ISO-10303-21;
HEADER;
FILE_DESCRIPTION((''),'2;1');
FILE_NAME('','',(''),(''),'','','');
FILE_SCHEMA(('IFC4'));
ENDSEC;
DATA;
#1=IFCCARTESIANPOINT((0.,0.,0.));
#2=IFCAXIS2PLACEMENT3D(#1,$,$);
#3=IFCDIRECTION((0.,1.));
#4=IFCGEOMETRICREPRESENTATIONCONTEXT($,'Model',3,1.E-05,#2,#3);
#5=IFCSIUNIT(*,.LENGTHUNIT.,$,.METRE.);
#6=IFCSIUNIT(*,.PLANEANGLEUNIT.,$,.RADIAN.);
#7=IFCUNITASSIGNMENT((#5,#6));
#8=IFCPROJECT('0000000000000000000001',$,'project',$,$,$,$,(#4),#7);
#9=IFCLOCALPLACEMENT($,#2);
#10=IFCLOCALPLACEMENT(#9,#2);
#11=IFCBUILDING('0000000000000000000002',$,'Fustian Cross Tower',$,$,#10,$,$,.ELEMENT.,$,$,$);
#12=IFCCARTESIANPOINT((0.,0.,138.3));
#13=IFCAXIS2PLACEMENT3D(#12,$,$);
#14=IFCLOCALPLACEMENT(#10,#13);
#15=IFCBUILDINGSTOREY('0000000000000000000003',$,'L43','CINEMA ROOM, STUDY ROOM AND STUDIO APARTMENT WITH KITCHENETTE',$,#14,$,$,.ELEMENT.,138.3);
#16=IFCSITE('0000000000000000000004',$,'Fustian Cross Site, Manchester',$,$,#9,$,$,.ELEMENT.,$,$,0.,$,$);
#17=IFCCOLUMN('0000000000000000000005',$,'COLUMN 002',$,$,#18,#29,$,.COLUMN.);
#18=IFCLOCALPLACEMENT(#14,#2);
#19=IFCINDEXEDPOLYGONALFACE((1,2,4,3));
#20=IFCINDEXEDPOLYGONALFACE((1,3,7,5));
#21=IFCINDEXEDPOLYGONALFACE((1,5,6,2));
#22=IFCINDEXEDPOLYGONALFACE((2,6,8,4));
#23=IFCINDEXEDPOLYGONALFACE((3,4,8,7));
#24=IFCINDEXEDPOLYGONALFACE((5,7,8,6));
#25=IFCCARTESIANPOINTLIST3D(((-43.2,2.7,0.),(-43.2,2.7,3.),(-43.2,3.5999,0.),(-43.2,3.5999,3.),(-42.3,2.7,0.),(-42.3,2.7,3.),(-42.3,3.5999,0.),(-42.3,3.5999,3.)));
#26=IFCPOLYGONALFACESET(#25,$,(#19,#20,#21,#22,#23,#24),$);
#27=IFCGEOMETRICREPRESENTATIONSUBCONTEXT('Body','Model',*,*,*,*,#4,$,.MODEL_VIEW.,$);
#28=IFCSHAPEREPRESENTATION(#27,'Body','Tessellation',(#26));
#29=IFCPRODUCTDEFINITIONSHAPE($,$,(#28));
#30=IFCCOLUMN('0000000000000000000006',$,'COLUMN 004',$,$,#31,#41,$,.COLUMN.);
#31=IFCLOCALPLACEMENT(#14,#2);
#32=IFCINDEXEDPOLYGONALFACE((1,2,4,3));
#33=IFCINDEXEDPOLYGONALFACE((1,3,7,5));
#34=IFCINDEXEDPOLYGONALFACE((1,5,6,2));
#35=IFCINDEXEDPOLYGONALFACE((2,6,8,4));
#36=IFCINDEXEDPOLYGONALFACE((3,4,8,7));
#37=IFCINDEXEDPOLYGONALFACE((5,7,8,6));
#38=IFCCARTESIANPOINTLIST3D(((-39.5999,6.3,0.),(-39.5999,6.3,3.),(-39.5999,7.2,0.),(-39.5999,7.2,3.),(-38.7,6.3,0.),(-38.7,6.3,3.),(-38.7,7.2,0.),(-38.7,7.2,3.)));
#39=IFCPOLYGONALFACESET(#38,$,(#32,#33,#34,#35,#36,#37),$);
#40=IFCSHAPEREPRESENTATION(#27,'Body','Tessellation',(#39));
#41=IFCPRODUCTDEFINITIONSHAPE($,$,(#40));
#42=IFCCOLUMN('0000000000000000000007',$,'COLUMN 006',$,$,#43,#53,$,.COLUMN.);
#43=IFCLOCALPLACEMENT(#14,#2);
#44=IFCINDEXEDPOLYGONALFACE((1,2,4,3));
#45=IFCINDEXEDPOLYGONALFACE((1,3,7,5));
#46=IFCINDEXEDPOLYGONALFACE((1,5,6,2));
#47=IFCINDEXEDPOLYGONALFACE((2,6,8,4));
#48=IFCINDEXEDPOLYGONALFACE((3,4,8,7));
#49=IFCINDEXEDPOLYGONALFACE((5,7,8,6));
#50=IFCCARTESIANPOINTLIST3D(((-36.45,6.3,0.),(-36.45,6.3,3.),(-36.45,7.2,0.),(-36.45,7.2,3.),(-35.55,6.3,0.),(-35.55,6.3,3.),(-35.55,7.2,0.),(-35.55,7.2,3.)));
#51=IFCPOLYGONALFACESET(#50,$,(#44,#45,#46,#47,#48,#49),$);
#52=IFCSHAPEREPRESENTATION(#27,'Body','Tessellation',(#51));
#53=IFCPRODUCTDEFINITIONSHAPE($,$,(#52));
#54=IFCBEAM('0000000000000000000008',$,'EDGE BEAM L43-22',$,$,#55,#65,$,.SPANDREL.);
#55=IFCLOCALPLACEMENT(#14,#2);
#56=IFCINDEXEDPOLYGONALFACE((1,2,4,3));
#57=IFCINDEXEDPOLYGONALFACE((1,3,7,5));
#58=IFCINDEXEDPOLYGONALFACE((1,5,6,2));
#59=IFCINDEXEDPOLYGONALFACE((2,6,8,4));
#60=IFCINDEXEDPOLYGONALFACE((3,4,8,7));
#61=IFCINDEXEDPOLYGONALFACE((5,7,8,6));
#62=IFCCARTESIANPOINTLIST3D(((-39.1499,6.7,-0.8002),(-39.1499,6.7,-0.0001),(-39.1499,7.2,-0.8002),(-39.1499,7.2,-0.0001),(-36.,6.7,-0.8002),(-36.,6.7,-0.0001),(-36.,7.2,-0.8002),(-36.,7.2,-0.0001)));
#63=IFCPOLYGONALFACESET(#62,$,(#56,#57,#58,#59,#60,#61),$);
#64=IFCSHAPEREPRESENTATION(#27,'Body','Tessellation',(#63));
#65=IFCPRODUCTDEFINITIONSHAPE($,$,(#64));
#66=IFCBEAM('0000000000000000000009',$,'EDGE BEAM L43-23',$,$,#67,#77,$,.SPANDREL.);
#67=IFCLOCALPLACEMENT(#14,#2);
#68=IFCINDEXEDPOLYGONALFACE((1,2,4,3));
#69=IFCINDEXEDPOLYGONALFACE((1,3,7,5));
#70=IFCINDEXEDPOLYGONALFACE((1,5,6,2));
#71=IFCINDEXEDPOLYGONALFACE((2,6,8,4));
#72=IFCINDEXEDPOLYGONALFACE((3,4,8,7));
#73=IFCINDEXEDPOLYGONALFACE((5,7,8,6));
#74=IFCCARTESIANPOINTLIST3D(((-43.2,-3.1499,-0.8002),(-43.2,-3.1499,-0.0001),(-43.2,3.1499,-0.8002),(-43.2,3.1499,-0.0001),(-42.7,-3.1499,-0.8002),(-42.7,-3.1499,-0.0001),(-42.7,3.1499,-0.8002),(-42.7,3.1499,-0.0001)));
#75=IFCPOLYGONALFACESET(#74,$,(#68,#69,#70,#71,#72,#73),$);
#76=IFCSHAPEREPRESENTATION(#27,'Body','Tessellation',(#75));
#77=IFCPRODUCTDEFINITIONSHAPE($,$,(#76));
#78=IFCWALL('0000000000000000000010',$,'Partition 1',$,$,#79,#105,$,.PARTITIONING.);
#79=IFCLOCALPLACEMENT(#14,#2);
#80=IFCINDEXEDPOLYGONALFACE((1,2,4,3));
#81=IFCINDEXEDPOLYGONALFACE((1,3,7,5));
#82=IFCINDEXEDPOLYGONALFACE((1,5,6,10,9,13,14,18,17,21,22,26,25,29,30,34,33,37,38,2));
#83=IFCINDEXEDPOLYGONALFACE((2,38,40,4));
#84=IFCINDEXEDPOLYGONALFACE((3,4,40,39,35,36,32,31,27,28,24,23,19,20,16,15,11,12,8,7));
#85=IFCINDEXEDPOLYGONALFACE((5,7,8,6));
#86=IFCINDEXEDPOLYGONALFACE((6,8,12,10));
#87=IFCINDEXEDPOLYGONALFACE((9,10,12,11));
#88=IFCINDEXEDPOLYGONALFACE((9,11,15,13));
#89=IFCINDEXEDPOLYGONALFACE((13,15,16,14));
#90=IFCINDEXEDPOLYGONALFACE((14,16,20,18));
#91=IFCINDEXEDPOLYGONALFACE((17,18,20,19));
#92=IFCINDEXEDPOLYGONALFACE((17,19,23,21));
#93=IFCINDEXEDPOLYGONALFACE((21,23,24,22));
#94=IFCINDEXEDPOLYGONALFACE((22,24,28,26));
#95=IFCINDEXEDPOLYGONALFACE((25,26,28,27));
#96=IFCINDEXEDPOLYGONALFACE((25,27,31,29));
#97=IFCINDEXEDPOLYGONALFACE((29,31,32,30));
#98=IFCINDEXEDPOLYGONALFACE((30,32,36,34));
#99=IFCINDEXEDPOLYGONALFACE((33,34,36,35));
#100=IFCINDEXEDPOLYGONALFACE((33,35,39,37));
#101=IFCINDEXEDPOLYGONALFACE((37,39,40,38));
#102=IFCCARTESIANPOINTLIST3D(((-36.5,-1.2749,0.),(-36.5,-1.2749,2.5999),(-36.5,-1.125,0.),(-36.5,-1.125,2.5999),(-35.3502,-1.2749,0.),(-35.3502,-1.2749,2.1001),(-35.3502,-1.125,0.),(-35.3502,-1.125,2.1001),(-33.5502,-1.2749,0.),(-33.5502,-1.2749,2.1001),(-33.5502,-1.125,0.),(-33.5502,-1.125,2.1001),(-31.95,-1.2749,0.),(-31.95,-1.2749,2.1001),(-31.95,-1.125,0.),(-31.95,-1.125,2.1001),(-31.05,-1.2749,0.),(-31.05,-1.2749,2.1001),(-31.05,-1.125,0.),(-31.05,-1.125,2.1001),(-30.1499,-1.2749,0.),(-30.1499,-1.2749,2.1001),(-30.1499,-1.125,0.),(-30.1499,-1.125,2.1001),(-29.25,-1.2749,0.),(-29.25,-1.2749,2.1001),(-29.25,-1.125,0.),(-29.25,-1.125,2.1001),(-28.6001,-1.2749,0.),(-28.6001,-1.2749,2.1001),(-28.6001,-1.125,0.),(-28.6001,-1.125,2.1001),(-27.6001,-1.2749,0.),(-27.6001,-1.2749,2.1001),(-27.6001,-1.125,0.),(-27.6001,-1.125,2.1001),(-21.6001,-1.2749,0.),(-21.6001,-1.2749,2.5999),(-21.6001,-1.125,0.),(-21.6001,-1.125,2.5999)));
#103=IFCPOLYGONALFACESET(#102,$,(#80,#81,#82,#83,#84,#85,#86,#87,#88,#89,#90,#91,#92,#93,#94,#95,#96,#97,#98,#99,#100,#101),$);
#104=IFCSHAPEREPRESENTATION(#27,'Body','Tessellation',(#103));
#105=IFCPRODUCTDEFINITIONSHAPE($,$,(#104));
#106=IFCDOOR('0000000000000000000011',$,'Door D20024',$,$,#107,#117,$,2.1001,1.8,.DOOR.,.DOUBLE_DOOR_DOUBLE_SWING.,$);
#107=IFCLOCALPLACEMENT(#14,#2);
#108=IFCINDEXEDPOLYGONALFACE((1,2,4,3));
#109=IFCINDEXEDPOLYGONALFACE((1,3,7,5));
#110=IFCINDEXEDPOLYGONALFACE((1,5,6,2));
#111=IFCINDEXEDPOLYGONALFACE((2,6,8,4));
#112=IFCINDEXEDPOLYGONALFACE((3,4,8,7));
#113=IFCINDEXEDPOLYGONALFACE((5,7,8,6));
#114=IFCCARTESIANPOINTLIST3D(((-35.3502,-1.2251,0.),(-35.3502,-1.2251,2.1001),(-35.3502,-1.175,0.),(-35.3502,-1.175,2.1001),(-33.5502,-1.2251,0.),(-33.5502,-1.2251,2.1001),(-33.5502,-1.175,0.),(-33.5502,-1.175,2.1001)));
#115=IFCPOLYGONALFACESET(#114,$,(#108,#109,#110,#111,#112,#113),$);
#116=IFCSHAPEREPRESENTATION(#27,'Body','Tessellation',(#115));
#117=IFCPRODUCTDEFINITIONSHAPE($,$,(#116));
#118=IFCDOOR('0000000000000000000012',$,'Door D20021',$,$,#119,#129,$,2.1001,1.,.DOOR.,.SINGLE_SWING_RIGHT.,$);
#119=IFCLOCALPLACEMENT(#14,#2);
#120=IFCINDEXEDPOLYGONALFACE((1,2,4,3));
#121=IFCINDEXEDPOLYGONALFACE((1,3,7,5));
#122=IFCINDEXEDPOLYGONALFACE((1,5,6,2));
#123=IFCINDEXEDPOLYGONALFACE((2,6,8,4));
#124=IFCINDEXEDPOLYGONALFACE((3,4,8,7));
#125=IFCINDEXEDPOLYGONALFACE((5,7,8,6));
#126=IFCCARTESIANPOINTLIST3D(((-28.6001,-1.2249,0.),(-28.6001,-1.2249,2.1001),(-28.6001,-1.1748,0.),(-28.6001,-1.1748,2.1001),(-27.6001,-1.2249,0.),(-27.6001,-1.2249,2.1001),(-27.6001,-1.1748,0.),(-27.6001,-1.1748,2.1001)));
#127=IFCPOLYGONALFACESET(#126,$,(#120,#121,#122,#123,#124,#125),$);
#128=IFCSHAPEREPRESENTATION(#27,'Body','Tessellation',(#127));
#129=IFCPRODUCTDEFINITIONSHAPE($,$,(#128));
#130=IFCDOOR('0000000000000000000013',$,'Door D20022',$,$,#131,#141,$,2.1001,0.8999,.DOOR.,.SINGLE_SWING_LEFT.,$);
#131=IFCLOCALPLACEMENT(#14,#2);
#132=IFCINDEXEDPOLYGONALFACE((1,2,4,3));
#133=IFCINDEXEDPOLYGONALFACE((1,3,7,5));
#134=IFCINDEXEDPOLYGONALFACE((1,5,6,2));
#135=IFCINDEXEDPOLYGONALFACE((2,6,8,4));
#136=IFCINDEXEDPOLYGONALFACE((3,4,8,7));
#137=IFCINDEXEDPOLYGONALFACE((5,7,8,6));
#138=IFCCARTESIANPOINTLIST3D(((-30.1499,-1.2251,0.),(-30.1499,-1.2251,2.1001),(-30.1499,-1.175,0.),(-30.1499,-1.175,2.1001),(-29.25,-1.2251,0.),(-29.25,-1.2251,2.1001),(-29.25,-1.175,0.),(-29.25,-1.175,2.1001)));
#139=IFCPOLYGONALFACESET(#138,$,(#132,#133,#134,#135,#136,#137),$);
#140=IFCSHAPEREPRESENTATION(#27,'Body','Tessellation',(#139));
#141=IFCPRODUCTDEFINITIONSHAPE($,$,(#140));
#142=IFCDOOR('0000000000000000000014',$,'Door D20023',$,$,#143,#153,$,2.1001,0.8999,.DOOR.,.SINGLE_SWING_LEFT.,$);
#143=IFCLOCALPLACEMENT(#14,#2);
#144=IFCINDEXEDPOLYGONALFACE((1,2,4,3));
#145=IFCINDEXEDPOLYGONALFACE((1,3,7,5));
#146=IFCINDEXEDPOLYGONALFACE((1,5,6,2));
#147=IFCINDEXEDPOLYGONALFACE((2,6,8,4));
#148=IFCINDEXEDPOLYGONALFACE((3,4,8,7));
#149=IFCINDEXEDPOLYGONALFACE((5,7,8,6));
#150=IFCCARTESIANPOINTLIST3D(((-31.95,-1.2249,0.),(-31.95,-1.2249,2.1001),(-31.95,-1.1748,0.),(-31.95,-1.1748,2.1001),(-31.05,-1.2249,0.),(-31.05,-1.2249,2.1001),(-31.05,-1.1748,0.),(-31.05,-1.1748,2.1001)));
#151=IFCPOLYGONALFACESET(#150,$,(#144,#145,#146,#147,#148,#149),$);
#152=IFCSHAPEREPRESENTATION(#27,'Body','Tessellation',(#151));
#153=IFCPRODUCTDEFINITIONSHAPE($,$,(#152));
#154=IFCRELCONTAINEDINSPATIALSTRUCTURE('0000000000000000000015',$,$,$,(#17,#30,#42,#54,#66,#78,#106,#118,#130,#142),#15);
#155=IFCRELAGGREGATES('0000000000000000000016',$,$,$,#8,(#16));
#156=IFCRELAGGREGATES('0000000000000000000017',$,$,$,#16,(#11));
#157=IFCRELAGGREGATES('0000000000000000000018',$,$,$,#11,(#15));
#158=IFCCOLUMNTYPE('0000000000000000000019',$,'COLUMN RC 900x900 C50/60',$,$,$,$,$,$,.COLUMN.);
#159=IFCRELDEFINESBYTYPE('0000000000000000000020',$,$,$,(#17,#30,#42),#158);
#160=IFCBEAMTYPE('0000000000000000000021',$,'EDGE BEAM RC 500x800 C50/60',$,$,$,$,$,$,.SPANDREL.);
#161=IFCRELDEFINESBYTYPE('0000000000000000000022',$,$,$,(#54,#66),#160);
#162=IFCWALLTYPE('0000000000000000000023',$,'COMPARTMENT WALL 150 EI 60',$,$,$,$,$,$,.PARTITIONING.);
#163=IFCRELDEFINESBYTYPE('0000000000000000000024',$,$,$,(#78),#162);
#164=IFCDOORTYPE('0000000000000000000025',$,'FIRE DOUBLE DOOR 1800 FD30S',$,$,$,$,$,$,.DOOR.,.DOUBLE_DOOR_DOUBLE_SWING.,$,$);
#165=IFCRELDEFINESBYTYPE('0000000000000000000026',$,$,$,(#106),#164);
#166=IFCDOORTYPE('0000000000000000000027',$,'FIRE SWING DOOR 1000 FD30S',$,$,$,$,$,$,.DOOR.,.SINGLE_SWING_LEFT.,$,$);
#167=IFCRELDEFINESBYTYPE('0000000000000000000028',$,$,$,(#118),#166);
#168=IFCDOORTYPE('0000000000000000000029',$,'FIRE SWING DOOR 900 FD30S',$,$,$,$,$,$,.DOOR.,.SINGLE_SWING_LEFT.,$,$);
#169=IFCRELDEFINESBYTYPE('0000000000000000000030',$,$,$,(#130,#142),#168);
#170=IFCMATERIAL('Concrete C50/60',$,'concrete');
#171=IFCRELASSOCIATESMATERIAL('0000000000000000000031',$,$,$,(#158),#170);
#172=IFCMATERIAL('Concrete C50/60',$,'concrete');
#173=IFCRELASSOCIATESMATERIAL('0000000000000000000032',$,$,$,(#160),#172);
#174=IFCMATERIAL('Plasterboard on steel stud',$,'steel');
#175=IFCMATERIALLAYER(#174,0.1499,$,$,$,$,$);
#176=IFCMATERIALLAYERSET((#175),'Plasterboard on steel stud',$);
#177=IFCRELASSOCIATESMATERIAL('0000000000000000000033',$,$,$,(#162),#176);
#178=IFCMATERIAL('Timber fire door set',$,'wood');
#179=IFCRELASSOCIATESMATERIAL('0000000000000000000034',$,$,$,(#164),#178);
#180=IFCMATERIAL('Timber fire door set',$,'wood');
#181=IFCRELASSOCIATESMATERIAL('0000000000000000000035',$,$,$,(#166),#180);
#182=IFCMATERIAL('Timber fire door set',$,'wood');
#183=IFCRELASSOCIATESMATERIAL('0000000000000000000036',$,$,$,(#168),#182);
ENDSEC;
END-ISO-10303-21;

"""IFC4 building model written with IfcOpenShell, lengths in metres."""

from ifc_helpers import new_model, si_unit, direction, frame, frame_2d, origin, origin_2d, place, context, subcontext, project, spatial, rectangle, extrude, material, layer, layer_set, material_profile, profile_set, type_object, element, fill, save


model = new_model("IFC4")

# Units and contexts
model_context = context("Model", 3, precision=1e-05, world=origin(), true_north=direction((0.0, 1.0)))
body_context = subcontext(model_context, "Body", "Model", "MODEL_VIEW")
ifc_project = project(units=[si_unit("LENGTHUNIT", "METRE"), si_unit("PLANEANGLEUNIT", "RADIAN")], contexts=[model_context])

# Site, building, storey
site_placement = place(None, origin())
site = spatial("IfcSite", under=ifc_project, at=site_placement, Name="Fustian Cross Site, Manchester", CompositionType="ELEMENT", RefElevation=0.0)
building_placement = place(site_placement, origin())
building = spatial("IfcBuilding", under=site, at=building_placement, Name="Fustian Cross Tower", CompositionType="ELEMENT")
storey_placement = place(building_placement, frame((0.0, 0.0, 138.3)))
storey = spatial("IfcBuildingStorey", under=building, at=storey_placement, Name="L43", Description="CINEMA ROOM, STUDY ROOM AND STUDIO APARTMENT WITH KITCHENETTE", CompositionType="ELEMENT", Elevation=138.3)

# Columns
ifc_material_1 = material(Name="Concrete C50/60", Category="concrete")
ifc_material_profile_1 = material_profile(ifc_material_1, rectangle(XDim=0.8999, YDim=0.8999, at=origin_2d()), Name="RC 900x900")
ifc_profile_set_1 = profile_set([ifc_material_profile_1], Name="Concrete C50/60")
column_type = type_object("IfcColumnType", Name="COLUMN RC 900x900 C50/60", PredefinedType="COLUMN", material=ifc_profile_set_1)
for number, where, z_axis, x_axis, name in (
    (1, (-42.75, 3.1499, 0.0), (0.0, 0.0, 1.0), (1.0, 0.0, 0.0), "COLUMN 002"),
    (2, (-39.1499, 6.75, 0.0), (0.0, 0.0, 1.0), (1.0, 0.0, 0.0), "COLUMN 004"),
    (3, (-36.0, 6.75, 0.0), (0.0, 0.0, 1.0), (1.0, 0.0, 0.0), "COLUMN 006"),
):
    element("IfcColumn", number, at=place(storey_placement, frame(where, z_axis=z_axis, x_axis=x_axis)), inside=storey, type_object=column_type, Name=name, PredefinedType="COLUMN", context=body_context, shape_type="SweptSolid", body=[
        extrude(rectangle(XDim=0.8999, YDim=0.8999, at=origin_2d()), origin(), (0.0, 0.0, 1.0), 3.0),
    ])

# Beams
ifc_material_2 = material(Name="Concrete C50/60", Category="concrete")
ifc_material_profile_2 = material_profile(ifc_material_2, rectangle(XDim=0.5, YDim=0.8, at=origin_2d()), Name="RC 500x800")
ifc_profile_set_2 = profile_set([ifc_material_profile_2], Name="Concrete C50/60")
beam_type = type_object("IfcBeamType", Name="EDGE BEAM RC 500x800 C50/60", PredefinedType="SPANDREL", material=ifc_profile_set_2)
beam_1_placement = place(storey_placement, frame((-36.0, 6.95, -0.4001), z_axis=(-1.0, 0.0, 0.0), x_axis=(0.0, -1.0, 0.0)))
element("IfcBeam", 4, at=beam_1_placement, inside=storey, type_object=beam_type, Name="EDGE BEAM L43-22", PredefinedType="SPANDREL", context=body_context, shape_type="SweptSolid", body=[
    extrude(rectangle(XDim=0.5, YDim=0.8, at=origin_2d()), origin(), (0.0, 0.0, 1.0), 3.1499),
])
beam_2_placement = place(storey_placement, frame((-42.95, 3.1499, -0.4001), z_axis=(0.0, -1.0, 0.0), x_axis=(1.0, 0.0, 0.0)))
element("IfcBeam", 5, at=beam_2_placement, inside=storey, type_object=beam_type, Name="EDGE BEAM L43-23", PredefinedType="SPANDREL", context=body_context, shape_type="SweptSolid", body=[
    extrude(rectangle(XDim=0.5, YDim=0.8, at=origin_2d()), origin(), (0.0, 0.0, 1.0), 6.2998),
])

# Wall, openings, doors
ifc_material_3 = material(Name="Plasterboard on steel stud", Category="steel")
ifc_layer_1 = layer(ifc_material_3, 0.1499)
ifc_layer_set_1 = layer_set([ifc_layer_1], Name="Plasterboard on steel stud")
wall_type_1 = type_object("IfcWallType", Name="COMPARTMENT WALL 150 EI 60", PredefinedType="PARTITIONING", material=ifc_layer_set_1)
wall_1_placement = place(storey_placement, frame((-36.5, -1.2, 0.0), z_axis=(0.0, 0.0, 1.0), x_axis=(1.0, 0.0, 0.0)))
wall_1 = element("IfcWall", 6, at=wall_1_placement, inside=storey, type_object=wall_type_1, Name="Partition 1", PredefinedType="PARTITIONING", context=body_context, shape_type="SweptSolid", body=[
    extrude(rectangle(XDim=14.8999, YDim=0.1499, at=frame_2d((7.45, 0.0))), origin(), (0.0, 0.0, 1.0), 2.5999),
])
opening_1_placement = place(wall_1_placement, frame((7.8999, 0.0, 0.0)))
opening_1 = element("IfcOpeningElement", 7, at=opening_1_placement, cuts=wall_1, PredefinedType="OPENING", context=body_context, shape_type="SweptSolid", body=[
    extrude(rectangle(XDim=1.0, YDim=2.1001, at=frame_2d((0.5, 1.05))), frame((0.0, 0.085, 0.0), z_axis=(0.0, -1.0, 0.0), x_axis=(1.0, 0.0, 0.0)), (0.0, 0.0, 1.0), 0.1699),
])
opening_2_placement = place(wall_1_placement, frame((6.3501, 0.0, 0.0)))
opening_2 = element("IfcOpeningElement", 8, at=opening_2_placement, cuts=wall_1, PredefinedType="OPENING", context=body_context, shape_type="SweptSolid", body=[
    extrude(rectangle(XDim=0.8999, YDim=2.1001, at=frame_2d((0.45, 1.05))), frame((0.0, 0.085, 0.0), z_axis=(0.0, -1.0, 0.0), x_axis=(1.0, 0.0, 0.0)), (0.0, 0.0, 1.0), 0.1699),
])
opening_3_placement = place(wall_1_placement, frame((4.55, 0.0, 0.0)))
opening_3 = element("IfcOpeningElement", 9, at=opening_3_placement, cuts=wall_1, PredefinedType="OPENING", context=body_context, shape_type="SweptSolid", body=[
    extrude(rectangle(XDim=0.8999, YDim=2.1001, at=frame_2d((0.45, 1.05))), frame((0.0, 0.085, 0.0), z_axis=(0.0, -1.0, 0.0), x_axis=(1.0, 0.0, 0.0)), (0.0, 0.0, 1.0), 0.1699),
])
opening_4_placement = place(wall_1_placement, frame((1.1499, 0.0, 0.0)))
opening_4 = element("IfcOpeningElement", 10, at=opening_4_placement, cuts=wall_1, PredefinedType="OPENING", context=body_context, shape_type="SweptSolid", body=[
    extrude(rectangle(XDim=1.8, YDim=2.1001, at=frame_2d((0.8999, 1.05))), frame((0.0, 0.085, 0.0), z_axis=(0.0, -1.0, 0.0), x_axis=(1.0, 0.0, 0.0)), (0.0, 0.0, 1.0), 0.1699),
])
ifc_material_4 = material(Name="Timber fire door set", Category="wood")
door_type_1 = type_object("IfcDoorType", Name="FIRE DOUBLE DOOR 1800 FD30S", OperationType="DOUBLE_DOOR_DOUBLE_SWING", PredefinedType="DOOR", material=ifc_material_4)
door_1_placement = place(opening_4_placement, origin())
door_1 = element("IfcDoor", 11, at=door_1_placement, inside=storey, type_object=door_type_1, Name="Door D20024", OperationType="DOUBLE_DOOR_DOUBLE_SWING", OverallHeight=2.1001, OverallWidth=1.8, PredefinedType="DOOR", context=body_context, shape_type="SweptSolid", body=[
    extrude(rectangle(XDim=1.8, YDim=2.1001, at=frame_2d((0.8999, 1.05))), frame((0.0, 0.0249, 0.0), z_axis=(0.0, -1.0, 0.0), x_axis=(1.0, 0.0, 0.0)), (0.0, 0.0, 1.0), 0.05),
])
fill(opening_4, door_1)
ifc_material_5 = material(Name="Timber fire door set", Category="wood")
door_type_2 = type_object("IfcDoorType", Name="FIRE SWING DOOR 1000 FD30S", OperationType="SINGLE_SWING_LEFT", PredefinedType="DOOR", material=ifc_material_5)
door_2_placement = place(opening_1_placement, frame((1.0, 0.0, 0.0), z_axis=(0.0, 0.0, 1.0), x_axis=(-1.0, 0.0, 0.0)))
door_2 = element("IfcDoor", 12, at=door_2_placement, inside=storey, type_object=door_type_2, Name="Door D20021", OperationType="SINGLE_SWING_RIGHT", OverallHeight=2.1001, OverallWidth=1.0, PredefinedType="DOOR", context=body_context, shape_type="SweptSolid", body=[
    extrude(rectangle(XDim=1.0, YDim=2.1001, at=frame_2d((0.5, 1.05))), frame((0.0, 0.0249, 0.0), z_axis=(0.0, -1.0, 0.0), x_axis=(1.0, 0.0, 0.0)), (0.0, 0.0, 1.0), 0.05),
])
fill(opening_1, door_2)
ifc_material_6 = material(Name="Timber fire door set", Category="wood")
door_type_3 = type_object("IfcDoorType", Name="FIRE SWING DOOR 900 FD30S", OperationType="SINGLE_SWING_LEFT", PredefinedType="DOOR", material=ifc_material_6)
door_3_placement = place(opening_2_placement, origin())
door_3 = element("IfcDoor", 13, at=door_3_placement, inside=storey, type_object=door_type_3, Name="Door D20022", OperationType="SINGLE_SWING_LEFT", OverallHeight=2.1001, OverallWidth=0.8999, PredefinedType="DOOR", context=body_context, shape_type="SweptSolid", body=[
    extrude(rectangle(XDim=0.8999, YDim=2.1001, at=frame_2d((0.45, 1.05))), frame((0.0, 0.0249, 0.0), z_axis=(0.0, -1.0, 0.0), x_axis=(1.0, 0.0, 0.0)), (0.0, 0.0, 1.0), 0.05),
])
fill(opening_2, door_3)
door_4_placement = place(opening_3_placement, frame((0.8999, 0.0, 0.0), z_axis=(0.0, 0.0, 1.0), x_axis=(-1.0, 0.0, 0.0)))
door_4 = element("IfcDoor", 14, at=door_4_placement, inside=storey, type_object=door_type_3, Name="Door D20023", OperationType="SINGLE_SWING_LEFT", OverallHeight=2.1001, OverallWidth=0.8999, PredefinedType="DOOR", context=body_context, shape_type="SweptSolid", body=[
    extrude(rectangle(XDim=0.8999, YDim=2.1001, at=frame_2d((0.45, 1.05))), frame((0.0, 0.0249, 0.0), z_axis=(0.0, -1.0, 0.0), x_axis=(1.0, 0.0, 0.0)), (0.0, 0.0, 1.0), 0.05),
])
fill(opening_3, door_4)

save(model, "model.ifc")
